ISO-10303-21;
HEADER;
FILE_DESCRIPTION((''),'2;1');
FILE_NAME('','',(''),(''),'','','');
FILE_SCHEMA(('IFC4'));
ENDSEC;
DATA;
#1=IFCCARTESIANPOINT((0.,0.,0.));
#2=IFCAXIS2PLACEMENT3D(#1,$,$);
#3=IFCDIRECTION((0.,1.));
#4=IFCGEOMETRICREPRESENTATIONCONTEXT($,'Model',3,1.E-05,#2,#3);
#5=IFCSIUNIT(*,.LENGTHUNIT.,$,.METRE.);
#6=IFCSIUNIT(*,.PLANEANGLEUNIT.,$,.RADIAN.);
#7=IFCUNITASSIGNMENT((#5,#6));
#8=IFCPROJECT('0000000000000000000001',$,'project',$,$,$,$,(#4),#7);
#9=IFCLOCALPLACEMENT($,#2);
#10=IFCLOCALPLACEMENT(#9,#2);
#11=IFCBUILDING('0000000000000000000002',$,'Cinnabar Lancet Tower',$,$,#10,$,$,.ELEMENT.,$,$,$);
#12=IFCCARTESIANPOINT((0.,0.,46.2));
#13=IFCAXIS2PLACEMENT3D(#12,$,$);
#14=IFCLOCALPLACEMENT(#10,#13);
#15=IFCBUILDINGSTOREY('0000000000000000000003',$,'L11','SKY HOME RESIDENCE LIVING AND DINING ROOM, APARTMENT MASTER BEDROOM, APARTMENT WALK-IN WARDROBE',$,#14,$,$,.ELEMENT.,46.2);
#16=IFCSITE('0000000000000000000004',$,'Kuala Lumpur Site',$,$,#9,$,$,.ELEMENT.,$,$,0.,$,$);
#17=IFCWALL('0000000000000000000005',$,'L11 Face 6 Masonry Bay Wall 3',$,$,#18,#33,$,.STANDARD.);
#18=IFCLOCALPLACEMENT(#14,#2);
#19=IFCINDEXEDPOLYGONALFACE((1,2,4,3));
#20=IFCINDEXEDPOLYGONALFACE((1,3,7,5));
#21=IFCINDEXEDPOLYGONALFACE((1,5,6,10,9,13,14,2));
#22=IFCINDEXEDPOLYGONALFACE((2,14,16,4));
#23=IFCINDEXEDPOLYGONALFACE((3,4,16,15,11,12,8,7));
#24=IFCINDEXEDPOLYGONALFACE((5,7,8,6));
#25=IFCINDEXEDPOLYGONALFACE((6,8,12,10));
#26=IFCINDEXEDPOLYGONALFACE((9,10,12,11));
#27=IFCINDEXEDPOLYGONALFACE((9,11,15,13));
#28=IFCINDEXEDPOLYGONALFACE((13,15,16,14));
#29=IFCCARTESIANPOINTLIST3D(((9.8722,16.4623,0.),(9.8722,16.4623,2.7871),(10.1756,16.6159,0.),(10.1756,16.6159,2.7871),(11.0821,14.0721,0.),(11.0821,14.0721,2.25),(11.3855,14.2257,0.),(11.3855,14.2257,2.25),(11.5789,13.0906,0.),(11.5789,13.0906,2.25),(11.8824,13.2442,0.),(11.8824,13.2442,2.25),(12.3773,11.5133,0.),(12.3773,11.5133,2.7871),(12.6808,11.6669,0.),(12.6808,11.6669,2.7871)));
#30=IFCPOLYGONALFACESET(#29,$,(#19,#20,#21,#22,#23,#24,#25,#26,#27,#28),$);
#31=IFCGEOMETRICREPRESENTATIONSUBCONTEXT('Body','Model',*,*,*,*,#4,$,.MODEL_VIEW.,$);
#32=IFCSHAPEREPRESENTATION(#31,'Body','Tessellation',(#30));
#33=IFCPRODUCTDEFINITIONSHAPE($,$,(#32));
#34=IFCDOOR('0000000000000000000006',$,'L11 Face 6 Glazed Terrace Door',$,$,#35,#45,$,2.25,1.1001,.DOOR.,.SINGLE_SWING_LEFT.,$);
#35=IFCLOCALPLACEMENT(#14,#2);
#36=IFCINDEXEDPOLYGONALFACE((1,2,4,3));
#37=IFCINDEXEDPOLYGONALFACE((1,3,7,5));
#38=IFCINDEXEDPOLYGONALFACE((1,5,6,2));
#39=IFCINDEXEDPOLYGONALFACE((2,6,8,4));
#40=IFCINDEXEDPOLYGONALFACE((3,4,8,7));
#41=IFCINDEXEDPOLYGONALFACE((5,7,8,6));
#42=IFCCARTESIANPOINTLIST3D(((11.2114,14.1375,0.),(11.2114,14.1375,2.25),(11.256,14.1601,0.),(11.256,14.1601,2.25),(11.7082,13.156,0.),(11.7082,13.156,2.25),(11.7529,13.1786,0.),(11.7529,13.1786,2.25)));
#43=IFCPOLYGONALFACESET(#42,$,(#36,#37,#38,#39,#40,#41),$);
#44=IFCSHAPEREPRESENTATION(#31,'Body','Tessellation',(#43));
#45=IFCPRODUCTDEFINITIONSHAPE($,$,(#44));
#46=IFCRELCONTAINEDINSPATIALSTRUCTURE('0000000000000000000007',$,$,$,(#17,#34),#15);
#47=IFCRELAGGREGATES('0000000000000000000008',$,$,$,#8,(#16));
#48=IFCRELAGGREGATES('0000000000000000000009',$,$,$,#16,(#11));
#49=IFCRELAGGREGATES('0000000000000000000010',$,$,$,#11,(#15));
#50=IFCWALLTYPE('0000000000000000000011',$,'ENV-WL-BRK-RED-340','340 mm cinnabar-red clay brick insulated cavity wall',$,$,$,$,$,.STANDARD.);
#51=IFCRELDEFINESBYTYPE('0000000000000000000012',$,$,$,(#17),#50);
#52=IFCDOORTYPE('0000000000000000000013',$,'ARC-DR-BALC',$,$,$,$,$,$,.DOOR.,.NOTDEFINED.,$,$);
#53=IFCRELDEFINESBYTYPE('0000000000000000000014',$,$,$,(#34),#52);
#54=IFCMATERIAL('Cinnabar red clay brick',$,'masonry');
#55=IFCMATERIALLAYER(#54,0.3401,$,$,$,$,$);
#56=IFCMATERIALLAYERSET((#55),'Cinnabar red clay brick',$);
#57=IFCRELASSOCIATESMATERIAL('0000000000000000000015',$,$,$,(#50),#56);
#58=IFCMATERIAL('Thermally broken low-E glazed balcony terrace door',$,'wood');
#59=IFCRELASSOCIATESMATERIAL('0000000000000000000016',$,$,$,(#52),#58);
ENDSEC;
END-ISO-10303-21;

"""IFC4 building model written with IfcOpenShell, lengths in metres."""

from ifc_helpers import new_model, si_unit, direction, frame, frame_2d, origin, place, context, subcontext, project, spatial, rectangle, extrude, material, layer, layer_set, type_object, element, fill, save


model = new_model("IFC4")

# Units and contexts
model_context = context("Model", 3, precision=1e-05, world=origin(), true_north=direction((0.0, 1.0)))
body_context = subcontext(model_context, "Body", "Model", "MODEL_VIEW")
ifc_project = project(units=[si_unit("LENGTHUNIT", "METRE"), si_unit("PLANEANGLEUNIT", "RADIAN")], contexts=[model_context])

# Site, building, storey
site_placement = place(None, origin())
site = spatial("IfcSite", under=ifc_project, at=site_placement, Name="Kuala Lumpur Site", CompositionType="ELEMENT", RefElevation=0.0)
building_placement = place(site_placement, origin())
building = spatial("IfcBuilding", under=site, at=building_placement, Name="Cinnabar Lancet Tower", CompositionType="ELEMENT")
storey_placement = place(building_placement, frame((0.0, 0.0, 46.2)))
storey = spatial("IfcBuildingStorey", under=building, at=storey_placement, Name="L11", Description="SKY HOME RESIDENCE LIVING AND DINING ROOM, APARTMENT MASTER BEDROOM, APARTMENT WALK-IN WARDROBE", CompositionType="ELEMENT", Elevation=46.2)

# Shared definitions
ifc_material_1 = material(Name="Cinnabar red clay brick", Category="masonry")
ifc_layer_1 = layer(ifc_material_1, 0.3401)
ifc_layer_set_1 = layer_set([ifc_layer_1], Name="Cinnabar red clay brick")
wall_type_1 = type_object("IfcWallType", Name="ENV-WL-BRK-RED-340", Description="340 mm cinnabar-red clay brick insulated cavity wall", PredefinedType="STANDARD", material=ifc_layer_set_1)

# Wall, opening, door
wall_1_placement = place(storey_placement, frame((10.0239, 16.5391, 0.0), z_axis=(0.0, 0.0, 1.0), x_axis=(0.451627, -0.892207, 0.0)))
wall_1 = element("IfcWall", 1, at=wall_1_placement, inside=storey, type_object=wall_type_1, Name="L11 Face 6 Masonry Bay Wall 3", PredefinedType="STANDARD", context=body_context, shape_type="SweptSolid", body=[
    extrude(rectangle(XDim=5.5469, YDim=0.3401, at=frame_2d((2.7734, 0.0))), origin(), (0.0, 0.0, 1.0), 2.7871),
])
opening_1_placement = place(wall_1_placement, frame((2.679, 0.0, 0.0)))
opening_1 = element("IfcOpeningElement", 2, at=opening_1_placement, cuts=wall_1, PredefinedType="OPENING", context=body_context, shape_type="SweptSolid", body=[
    extrude(rectangle(XDim=1.1001, YDim=2.25, at=frame_2d((0.55, 1.125))), frame((0.0, 0.1799, 0.0), z_axis=(0.0, -1.0, 0.0), x_axis=(1.0, 0.0, 0.0)), (0.0, 0.0, 1.0), 0.3601),
])
ifc_material_2 = material(Name="Thermally broken low-E glazed balcony terrace door", Category="wood")
door_type_1 = type_object("IfcDoorType", Name="ARC-DR-BALC", OperationType="NOTDEFINED", PredefinedType="DOOR", material=ifc_material_2)
door_1_placement = place(opening_1_placement, origin())
door_1 = element("IfcDoor", 3, at=door_1_placement, inside=storey, type_object=door_type_1, Name="L11 Face 6 Glazed Terrace Door", OperationType="SINGLE_SWING_LEFT", OverallHeight=2.25, OverallWidth=1.1001, PredefinedType="DOOR", context=body_context, shape_type="SweptSolid", body=[
    extrude(rectangle(XDim=1.1001, YDim=2.25, at=frame_2d((0.55, 1.125))), frame((0.0, 0.0249, 0.0), z_axis=(0.0, -1.0, 0.0), x_axis=(1.0, 0.0, 0.0)), (0.0, 0.0, 1.0), 0.05),
])
fill(opening_1, door_1)

save(model, "model.ifc")
